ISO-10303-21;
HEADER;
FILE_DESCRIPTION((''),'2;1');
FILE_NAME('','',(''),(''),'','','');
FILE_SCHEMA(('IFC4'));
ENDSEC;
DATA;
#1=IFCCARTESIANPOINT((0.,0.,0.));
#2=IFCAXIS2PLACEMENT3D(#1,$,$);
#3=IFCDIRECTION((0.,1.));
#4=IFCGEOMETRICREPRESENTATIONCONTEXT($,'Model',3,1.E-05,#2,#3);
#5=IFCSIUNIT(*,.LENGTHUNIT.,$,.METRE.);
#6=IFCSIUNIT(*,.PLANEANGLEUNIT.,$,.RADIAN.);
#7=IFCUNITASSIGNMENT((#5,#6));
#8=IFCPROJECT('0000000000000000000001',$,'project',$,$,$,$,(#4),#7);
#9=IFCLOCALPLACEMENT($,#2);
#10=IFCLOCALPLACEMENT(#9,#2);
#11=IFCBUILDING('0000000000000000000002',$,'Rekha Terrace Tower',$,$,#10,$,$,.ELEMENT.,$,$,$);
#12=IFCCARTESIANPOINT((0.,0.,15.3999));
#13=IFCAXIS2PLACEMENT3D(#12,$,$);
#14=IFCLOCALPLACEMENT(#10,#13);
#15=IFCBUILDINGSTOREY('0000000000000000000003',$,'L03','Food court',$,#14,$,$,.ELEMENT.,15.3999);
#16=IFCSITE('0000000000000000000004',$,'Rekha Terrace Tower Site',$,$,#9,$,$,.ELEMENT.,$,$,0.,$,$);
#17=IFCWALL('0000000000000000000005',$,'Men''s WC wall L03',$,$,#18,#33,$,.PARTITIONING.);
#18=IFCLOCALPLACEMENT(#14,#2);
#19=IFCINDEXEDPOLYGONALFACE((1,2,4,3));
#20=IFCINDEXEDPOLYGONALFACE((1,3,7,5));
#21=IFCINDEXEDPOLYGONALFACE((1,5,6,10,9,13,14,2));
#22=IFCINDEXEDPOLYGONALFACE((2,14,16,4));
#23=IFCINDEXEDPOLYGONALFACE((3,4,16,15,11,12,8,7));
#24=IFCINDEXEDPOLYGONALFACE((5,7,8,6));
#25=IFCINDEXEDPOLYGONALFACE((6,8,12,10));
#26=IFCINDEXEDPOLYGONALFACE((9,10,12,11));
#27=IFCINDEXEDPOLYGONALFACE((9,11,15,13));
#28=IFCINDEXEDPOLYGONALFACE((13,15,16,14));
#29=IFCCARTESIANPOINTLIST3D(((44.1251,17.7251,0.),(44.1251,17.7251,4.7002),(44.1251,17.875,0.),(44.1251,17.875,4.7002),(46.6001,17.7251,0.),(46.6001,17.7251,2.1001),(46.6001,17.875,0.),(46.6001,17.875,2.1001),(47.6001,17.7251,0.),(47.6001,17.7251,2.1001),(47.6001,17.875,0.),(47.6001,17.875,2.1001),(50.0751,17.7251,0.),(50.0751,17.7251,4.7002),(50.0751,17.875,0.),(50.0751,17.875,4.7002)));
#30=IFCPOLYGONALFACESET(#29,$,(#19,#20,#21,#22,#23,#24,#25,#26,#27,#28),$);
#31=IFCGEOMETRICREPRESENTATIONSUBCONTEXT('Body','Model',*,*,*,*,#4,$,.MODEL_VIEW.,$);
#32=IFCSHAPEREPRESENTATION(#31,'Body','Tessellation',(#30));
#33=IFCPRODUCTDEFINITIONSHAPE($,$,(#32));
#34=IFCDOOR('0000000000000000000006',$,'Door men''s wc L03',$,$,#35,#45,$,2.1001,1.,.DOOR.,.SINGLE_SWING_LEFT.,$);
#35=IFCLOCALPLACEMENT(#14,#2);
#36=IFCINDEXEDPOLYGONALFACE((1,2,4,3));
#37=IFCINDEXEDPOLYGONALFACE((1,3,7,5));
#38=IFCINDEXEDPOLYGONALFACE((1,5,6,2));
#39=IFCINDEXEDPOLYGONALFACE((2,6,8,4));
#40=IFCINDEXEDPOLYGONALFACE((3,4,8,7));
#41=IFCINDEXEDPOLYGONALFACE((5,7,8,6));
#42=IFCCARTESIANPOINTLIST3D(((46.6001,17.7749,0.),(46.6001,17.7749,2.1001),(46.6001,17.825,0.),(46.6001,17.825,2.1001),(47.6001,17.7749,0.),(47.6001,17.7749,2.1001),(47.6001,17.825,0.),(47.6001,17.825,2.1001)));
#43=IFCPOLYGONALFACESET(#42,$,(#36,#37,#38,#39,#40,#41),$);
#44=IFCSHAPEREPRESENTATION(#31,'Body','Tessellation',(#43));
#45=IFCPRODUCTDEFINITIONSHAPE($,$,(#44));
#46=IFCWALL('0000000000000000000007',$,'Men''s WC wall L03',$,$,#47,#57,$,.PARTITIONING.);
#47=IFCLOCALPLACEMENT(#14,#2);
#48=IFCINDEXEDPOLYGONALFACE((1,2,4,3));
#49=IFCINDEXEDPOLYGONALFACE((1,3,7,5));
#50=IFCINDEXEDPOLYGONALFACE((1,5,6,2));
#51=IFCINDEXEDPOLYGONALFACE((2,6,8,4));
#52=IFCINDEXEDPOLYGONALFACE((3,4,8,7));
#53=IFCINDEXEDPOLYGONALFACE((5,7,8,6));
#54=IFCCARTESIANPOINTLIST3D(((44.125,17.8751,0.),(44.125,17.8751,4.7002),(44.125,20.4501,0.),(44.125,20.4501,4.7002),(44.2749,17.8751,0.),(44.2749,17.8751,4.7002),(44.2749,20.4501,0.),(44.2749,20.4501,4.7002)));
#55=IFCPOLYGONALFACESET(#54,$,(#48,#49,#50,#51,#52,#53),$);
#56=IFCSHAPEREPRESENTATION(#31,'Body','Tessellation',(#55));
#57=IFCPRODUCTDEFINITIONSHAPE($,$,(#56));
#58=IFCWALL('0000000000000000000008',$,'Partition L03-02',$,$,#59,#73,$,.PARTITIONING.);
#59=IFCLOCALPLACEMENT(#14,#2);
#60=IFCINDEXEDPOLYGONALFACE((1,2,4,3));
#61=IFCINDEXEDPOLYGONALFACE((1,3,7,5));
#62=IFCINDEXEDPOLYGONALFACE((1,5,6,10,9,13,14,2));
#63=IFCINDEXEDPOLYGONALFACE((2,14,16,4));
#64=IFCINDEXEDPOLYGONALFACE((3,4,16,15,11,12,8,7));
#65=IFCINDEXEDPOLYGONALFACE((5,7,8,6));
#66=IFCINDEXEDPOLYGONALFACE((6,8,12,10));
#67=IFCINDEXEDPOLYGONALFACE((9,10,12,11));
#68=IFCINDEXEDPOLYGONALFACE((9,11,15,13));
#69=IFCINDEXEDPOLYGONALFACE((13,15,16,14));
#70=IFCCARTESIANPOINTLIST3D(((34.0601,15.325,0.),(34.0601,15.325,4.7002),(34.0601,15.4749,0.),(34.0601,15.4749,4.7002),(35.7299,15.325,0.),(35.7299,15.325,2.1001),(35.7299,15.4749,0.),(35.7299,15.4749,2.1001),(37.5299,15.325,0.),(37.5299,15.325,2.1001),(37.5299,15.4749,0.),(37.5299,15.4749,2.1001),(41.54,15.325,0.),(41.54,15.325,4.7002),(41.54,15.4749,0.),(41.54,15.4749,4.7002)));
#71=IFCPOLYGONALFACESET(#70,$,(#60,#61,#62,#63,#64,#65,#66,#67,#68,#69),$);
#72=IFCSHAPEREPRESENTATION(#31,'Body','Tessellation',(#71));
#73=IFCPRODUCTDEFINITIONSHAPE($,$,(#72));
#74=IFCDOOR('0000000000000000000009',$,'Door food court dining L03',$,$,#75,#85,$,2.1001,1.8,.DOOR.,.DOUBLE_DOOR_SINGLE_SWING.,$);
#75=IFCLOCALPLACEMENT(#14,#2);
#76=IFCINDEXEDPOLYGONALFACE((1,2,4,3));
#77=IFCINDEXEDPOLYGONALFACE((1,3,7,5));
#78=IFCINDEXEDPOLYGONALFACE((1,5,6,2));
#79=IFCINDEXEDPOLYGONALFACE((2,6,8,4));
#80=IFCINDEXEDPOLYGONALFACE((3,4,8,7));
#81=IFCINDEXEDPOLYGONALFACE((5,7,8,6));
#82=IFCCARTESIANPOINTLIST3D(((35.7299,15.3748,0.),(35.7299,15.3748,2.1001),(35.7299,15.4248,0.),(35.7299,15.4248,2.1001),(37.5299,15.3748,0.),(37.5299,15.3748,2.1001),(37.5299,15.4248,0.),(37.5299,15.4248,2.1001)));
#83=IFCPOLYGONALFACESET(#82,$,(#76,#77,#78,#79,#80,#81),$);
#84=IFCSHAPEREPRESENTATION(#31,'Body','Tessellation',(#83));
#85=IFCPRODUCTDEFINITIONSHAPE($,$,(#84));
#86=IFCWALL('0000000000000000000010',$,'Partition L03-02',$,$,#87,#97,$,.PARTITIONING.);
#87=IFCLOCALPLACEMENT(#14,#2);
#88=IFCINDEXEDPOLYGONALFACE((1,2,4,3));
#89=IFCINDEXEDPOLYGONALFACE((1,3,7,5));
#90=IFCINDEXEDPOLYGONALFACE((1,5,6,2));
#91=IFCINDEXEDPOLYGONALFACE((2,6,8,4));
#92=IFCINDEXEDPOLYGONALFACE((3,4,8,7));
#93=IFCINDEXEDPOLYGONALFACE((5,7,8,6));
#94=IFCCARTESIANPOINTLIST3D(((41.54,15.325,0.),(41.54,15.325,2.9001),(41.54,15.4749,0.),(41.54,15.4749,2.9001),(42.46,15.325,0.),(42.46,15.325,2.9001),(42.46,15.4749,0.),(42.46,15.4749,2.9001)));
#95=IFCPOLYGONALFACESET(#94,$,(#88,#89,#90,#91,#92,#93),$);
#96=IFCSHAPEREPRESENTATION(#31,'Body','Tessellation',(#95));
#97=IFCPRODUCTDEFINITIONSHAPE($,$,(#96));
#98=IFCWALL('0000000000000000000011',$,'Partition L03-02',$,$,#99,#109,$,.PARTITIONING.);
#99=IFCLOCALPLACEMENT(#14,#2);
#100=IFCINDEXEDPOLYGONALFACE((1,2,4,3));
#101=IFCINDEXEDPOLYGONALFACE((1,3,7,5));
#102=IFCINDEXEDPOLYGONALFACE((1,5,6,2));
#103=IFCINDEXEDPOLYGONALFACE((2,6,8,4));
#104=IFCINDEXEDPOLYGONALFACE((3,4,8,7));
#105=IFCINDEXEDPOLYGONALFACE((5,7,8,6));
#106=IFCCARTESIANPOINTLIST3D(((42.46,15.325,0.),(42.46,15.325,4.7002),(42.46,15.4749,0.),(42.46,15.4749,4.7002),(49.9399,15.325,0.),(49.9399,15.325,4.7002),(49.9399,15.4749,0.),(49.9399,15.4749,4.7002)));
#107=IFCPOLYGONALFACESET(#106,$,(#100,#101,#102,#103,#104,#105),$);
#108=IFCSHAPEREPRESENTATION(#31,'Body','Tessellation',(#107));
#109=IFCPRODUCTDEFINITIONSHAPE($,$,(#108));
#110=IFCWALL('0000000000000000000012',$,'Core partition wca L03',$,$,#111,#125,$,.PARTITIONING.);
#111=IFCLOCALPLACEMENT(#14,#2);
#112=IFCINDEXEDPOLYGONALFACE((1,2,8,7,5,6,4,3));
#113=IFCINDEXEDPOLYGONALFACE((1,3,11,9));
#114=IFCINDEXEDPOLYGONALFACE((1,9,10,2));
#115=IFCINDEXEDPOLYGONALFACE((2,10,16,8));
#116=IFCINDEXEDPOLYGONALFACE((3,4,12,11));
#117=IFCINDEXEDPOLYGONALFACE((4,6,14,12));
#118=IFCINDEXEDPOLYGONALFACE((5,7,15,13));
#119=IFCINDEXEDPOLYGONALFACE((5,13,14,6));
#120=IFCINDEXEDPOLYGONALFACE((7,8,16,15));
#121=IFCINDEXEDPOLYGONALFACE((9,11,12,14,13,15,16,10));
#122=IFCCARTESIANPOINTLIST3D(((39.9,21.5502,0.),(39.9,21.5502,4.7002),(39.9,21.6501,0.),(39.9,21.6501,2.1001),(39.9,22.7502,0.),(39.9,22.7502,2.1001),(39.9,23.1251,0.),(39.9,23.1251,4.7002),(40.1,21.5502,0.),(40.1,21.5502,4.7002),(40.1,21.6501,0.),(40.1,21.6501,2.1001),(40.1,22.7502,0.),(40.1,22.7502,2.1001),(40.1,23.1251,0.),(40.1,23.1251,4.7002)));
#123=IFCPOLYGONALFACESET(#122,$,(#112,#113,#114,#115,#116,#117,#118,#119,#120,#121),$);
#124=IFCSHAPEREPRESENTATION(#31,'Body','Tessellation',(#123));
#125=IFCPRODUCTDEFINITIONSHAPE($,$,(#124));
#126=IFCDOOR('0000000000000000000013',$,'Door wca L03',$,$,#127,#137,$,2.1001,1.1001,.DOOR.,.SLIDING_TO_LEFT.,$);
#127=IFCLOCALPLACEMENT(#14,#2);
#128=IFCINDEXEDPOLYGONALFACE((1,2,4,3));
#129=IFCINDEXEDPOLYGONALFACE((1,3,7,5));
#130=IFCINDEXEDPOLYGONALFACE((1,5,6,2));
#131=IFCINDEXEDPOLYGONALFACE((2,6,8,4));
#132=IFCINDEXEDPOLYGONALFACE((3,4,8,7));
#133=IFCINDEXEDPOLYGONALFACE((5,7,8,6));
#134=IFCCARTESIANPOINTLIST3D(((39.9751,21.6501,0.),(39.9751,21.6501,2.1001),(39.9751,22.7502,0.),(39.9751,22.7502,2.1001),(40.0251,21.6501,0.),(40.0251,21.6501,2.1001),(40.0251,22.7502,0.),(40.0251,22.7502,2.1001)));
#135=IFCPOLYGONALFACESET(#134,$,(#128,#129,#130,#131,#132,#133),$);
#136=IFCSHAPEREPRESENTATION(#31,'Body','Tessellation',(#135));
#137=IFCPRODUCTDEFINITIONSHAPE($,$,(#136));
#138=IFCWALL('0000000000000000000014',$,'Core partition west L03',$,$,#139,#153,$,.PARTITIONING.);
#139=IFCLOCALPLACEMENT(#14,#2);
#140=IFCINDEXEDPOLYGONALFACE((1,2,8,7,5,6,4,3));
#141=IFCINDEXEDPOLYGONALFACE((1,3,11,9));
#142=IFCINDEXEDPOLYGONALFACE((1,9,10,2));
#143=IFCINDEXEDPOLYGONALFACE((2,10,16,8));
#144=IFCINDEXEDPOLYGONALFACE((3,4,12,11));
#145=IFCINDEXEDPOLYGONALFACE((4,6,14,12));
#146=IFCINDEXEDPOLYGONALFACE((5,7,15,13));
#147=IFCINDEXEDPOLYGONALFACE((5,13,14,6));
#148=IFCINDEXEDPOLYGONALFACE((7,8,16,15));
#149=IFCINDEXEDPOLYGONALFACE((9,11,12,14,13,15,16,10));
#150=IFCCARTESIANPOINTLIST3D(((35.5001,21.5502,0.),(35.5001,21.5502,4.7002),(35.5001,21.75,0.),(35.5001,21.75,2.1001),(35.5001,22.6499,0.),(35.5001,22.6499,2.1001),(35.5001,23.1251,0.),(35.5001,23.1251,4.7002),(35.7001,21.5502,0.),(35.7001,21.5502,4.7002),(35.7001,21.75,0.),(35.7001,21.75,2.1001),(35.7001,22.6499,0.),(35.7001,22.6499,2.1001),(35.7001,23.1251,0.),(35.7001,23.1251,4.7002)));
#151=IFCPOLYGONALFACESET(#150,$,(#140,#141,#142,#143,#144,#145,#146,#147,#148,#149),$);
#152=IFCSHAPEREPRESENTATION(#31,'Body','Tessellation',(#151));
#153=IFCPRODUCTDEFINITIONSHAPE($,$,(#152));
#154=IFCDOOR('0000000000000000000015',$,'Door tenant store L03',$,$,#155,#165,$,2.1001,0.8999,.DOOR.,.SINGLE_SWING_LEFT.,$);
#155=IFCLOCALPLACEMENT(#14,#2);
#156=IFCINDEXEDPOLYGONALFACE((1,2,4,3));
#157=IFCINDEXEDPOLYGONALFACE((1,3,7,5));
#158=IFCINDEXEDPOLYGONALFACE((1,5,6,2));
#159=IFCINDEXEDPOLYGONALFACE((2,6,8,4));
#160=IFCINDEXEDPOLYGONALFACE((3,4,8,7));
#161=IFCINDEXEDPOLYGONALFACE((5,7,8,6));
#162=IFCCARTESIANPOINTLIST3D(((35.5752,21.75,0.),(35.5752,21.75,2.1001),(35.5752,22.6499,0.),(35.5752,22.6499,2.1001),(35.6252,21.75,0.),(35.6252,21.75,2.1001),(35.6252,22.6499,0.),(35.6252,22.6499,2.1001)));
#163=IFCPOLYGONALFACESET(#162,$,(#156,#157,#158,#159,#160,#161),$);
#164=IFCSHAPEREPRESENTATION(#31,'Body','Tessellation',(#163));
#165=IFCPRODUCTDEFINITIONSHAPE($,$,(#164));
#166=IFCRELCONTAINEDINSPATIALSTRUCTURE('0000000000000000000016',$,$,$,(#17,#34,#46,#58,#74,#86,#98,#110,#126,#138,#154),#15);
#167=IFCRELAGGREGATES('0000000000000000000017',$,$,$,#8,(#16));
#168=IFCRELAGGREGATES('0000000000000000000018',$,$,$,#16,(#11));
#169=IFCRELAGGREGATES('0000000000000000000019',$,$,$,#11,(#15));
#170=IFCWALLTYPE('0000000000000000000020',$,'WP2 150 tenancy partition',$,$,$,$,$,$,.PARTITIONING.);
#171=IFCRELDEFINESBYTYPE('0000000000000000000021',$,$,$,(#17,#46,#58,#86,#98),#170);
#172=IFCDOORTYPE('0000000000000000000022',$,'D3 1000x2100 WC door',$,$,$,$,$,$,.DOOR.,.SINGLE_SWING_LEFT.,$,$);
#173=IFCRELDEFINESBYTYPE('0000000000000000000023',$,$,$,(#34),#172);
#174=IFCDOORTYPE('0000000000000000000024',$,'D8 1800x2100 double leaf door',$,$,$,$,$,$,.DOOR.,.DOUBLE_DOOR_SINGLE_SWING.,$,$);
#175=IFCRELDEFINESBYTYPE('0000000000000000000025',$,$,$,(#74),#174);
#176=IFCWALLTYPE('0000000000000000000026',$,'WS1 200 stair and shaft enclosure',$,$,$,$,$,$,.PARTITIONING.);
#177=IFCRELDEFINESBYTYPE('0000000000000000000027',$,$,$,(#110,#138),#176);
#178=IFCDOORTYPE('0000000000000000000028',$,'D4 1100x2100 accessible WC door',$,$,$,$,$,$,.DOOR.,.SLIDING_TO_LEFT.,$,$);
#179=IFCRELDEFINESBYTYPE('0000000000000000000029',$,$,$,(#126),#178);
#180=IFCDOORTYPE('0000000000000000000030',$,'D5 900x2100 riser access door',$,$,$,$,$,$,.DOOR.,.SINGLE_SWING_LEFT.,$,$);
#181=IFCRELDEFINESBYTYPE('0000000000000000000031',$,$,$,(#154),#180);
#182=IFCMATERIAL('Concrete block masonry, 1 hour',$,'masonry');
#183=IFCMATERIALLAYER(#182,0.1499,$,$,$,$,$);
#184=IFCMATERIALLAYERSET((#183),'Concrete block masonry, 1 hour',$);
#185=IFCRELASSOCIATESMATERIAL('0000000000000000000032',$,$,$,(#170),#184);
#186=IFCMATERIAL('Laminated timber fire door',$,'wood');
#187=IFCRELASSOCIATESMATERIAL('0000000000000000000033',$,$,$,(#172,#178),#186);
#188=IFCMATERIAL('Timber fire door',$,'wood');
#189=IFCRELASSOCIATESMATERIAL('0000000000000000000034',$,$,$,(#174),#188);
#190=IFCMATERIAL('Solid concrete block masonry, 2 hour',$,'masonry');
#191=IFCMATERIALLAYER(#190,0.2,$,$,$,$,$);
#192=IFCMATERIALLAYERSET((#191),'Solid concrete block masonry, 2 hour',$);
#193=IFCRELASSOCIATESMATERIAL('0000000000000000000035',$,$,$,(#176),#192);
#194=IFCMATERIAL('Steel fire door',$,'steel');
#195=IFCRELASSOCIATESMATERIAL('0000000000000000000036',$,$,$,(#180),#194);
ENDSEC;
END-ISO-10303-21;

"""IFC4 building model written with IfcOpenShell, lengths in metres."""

from ifc_helpers import new_model, si_unit, direction, frame, frame_2d, origin, place, context, subcontext, project, spatial, rectangle, extrude, material, layer, layer_set, type_object, element, fill, save


model = new_model("IFC4")

# Units and contexts
model_context = context("Model", 3, precision=1e-05, world=origin(), true_north=direction((0.0, 1.0)))
body_context = subcontext(model_context, "Body", "Model", "MODEL_VIEW")
ifc_project = project(units=[si_unit("LENGTHUNIT", "METRE"), si_unit("PLANEANGLEUNIT", "RADIAN")], contexts=[model_context])

# Site, building, storey
site_placement = place(None, origin())
site = spatial("IfcSite", under=ifc_project, at=site_placement, Name="Rekha Terrace Tower Site", CompositionType="ELEMENT", RefElevation=0.0)
building_placement = place(site_placement, origin())
building = spatial("IfcBuilding", under=site, at=building_placement, Name="Rekha Terrace Tower", CompositionType="ELEMENT")
storey_placement = place(building_placement, frame((0.0, 0.0, 15.3999)))
storey = spatial("IfcBuildingStorey", under=building, at=storey_placement, Name="L03", Description="Food court", CompositionType="ELEMENT", Elevation=15.3999)

# Shared definitions
ifc_material_1 = material(Name="Concrete block masonry, 1 hour", Category="masonry")
ifc_layer_1 = layer(ifc_material_1, 0.1499)
ifc_layer_set_1 = layer_set([ifc_layer_1], Name="Concrete block masonry, 1 hour")
wall_type_1 = type_object("IfcWallType", Name="WP2 150 tenancy partition", PredefinedType="PARTITIONING", material=ifc_layer_set_1)

# Wall, opening, door
wall_1_placement = place(storey_placement, frame((44.125, 17.8, 0.0), z_axis=(0.0, 0.0, 1.0), x_axis=(1.0, 0.0, 0.0)))
wall_1 = element("IfcWall", 1, at=wall_1_placement, inside=storey, type_object=wall_type_1, Name="Men's WC wall L03", PredefinedType="PARTITIONING", context=body_context, shape_type="SweptSolid", body=[
    extrude(rectangle(XDim=5.95, YDim=0.1499, at=frame_2d((2.9751, 0.0))), origin(), (0.0, 0.0, 1.0), 4.7002),
])
opening_1_placement = place(wall_1_placement, frame((2.4751, 0.0, 0.0)))
opening_1 = element("IfcOpeningElement", 2, at=opening_1_placement, cuts=wall_1, PredefinedType="OPENING", context=body_context, shape_type="SweptSolid", body=[
    extrude(rectangle(XDim=1.0, YDim=2.1001, at=frame_2d((0.5, 1.05))), frame((0.0, 0.085, 0.0), z_axis=(0.0, -1.0, 0.0), x_axis=(1.0, 0.0, 0.0)), (0.0, 0.0, 1.0), 0.1699),
])
ifc_material_2 = material(Name="Laminated timber fire door", Category="wood")
door_type_1 = type_object("IfcDoorType", Name="D3 1000x2100 WC door", OperationType="SINGLE_SWING_LEFT", PredefinedType="DOOR", material=ifc_material_2)
door_1_placement = place(opening_1_placement, origin())
door_1 = element("IfcDoor", 3, at=door_1_placement, inside=storey, type_object=door_type_1, Name="Door men's wc L03", OperationType="SINGLE_SWING_LEFT", OverallHeight=2.1001, OverallWidth=1.0, PredefinedType="DOOR", context=body_context, shape_type="SweptSolid", body=[
    extrude(rectangle(XDim=1.0, YDim=2.1001, at=frame_2d((0.5, 1.05))), frame((0.0, 0.0249, 0.0), z_axis=(0.0, -1.0, 0.0), x_axis=(1.0, 0.0, 0.0)), (0.0, 0.0, 1.0), 0.05),
])
fill(opening_1, door_1)

# Wall
wall_2_placement = place(storey_placement, frame((44.2, 17.875, 0.0), z_axis=(0.0, 0.0, 1.0), x_axis=(0.0, 1.0, 0.0)))
element("IfcWall", 4, at=wall_2_placement, inside=storey, type_object=wall_type_1, Name="Men's WC wall L03", PredefinedType="PARTITIONING", context=body_context, shape_type="SweptSolid", body=[
    extrude(rectangle(XDim=2.575, YDim=0.1499, at=frame_2d((1.2876, 0.0))), origin(), (0.0, 0.0, 1.0), 4.7002),
])

# Wall, opening, door
wall_3_placement = place(storey_placement, frame((34.0601, 15.3999, 0.0), z_axis=(0.0, 0.0, 1.0), x_axis=(1.0, 0.0, 0.0)))
wall_3 = element("IfcWall", 5, at=wall_3_placement, inside=storey, type_object=wall_type_1, Name="Partition L03-02", PredefinedType="PARTITIONING", context=body_context, shape_type="SweptSolid", body=[
    extrude(rectangle(XDim=7.48, YDim=0.1499, at=frame_2d((3.74, 0.0))), origin(), (0.0, 0.0, 1.0), 4.7002),
])
opening_2_placement = place(wall_3_placement, frame((1.6699, 0.0, 0.0)))
opening_2 = element("IfcOpeningElement", 6, at=opening_2_placement, cuts=wall_3, PredefinedType="OPENING", context=body_context, shape_type="SweptSolid", body=[
    extrude(rectangle(XDim=1.8, YDim=2.1001, at=frame_2d((0.8999, 1.05))), frame((0.0, 0.085, 0.0), z_axis=(0.0, -1.0, 0.0), x_axis=(1.0, 0.0, 0.0)), (0.0, 0.0, 1.0), 0.1699),
])
ifc_material_3 = material(Name="Timber fire door", Category="wood")
door_type_2 = type_object("IfcDoorType", Name="D8 1800x2100 double leaf door", OperationType="DOUBLE_DOOR_SINGLE_SWING", PredefinedType="DOOR", material=ifc_material_3)
door_2_placement = place(opening_2_placement, origin())
door_2 = element("IfcDoor", 7, at=door_2_placement, inside=storey, type_object=door_type_2, Name="Door food court dining L03", OperationType="DOUBLE_DOOR_SINGLE_SWING", OverallHeight=2.1001, OverallWidth=1.8, PredefinedType="DOOR", context=body_context, shape_type="SweptSolid", body=[
    extrude(rectangle(XDim=1.8, YDim=2.1001, at=frame_2d((0.8999, 1.05))), frame((0.0, 0.0249, 0.0), z_axis=(0.0, -1.0, 0.0), x_axis=(1.0, 0.0, 0.0)), (0.0, 0.0, 1.0), 0.05),
])
fill(opening_2, door_2)

# Walls
wall_4_placement = place(storey_placement, frame((41.54, 15.3999, 0.0), z_axis=(0.0, 0.0, 1.0), x_axis=(1.0, 0.0, 0.0)))
element("IfcWall", 8, at=wall_4_placement, inside=storey, type_object=wall_type_1, Name="Partition L03-02", PredefinedType="PARTITIONING", context=body_context, shape_type="SweptSolid", body=[
    extrude(rectangle(XDim=0.9199, YDim=0.1499, at=frame_2d((0.46, 0.0))), origin(), (0.0, 0.0, 1.0), 2.9001),
])
wall_5_placement = place(storey_placement, frame((42.46, 15.3999, 0.0), z_axis=(0.0, 0.0, 1.0), x_axis=(1.0, 0.0, 0.0)))
element("IfcWall", 9, at=wall_5_placement, inside=storey, type_object=wall_type_1, Name="Partition L03-02", PredefinedType="PARTITIONING", context=body_context, shape_type="SweptSolid", body=[
    extrude(rectangle(XDim=7.48, YDim=0.1499, at=frame_2d((3.74, 0.0))), origin(), (0.0, 0.0, 1.0), 4.7002),
])

# Walls, openings, doors
ifc_material_4 = material(Name="Solid concrete block masonry, 2 hour", Category="masonry")
ifc_layer_2 = layer(ifc_material_4, 0.2)
ifc_layer_set_2 = layer_set([ifc_layer_2], Name="Solid concrete block masonry, 2 hour")
wall_type_2 = type_object("IfcWallType", Name="WS1 200 stair and shaft enclosure", PredefinedType="PARTITIONING", material=ifc_layer_set_2)
wall_6_placement = place(storey_placement, frame((40.0, 21.55, 0.0), z_axis=(0.0, 0.0, 1.0), x_axis=(0.0, 1.0, 0.0)))
wall_6 = element("IfcWall", 10, at=wall_6_placement, inside=storey, type_object=wall_type_2, Name="Core partition wca L03", PredefinedType="PARTITIONING", context=body_context, shape_type="SweptSolid", body=[
    extrude(rectangle(XDim=1.575, YDim=0.2, at=frame_2d((0.7876, 0.0))), origin(), (0.0, 0.0, 1.0), 4.7002),
])
opening_3_placement = place(wall_6_placement, frame((0.1001, 0.0, 0.0)))
opening_3 = element("IfcOpeningElement", 11, at=opening_3_placement, cuts=wall_6, PredefinedType="OPENING", context=body_context, shape_type="SweptSolid", body=[
    extrude(rectangle(XDim=1.1001, YDim=2.1001, at=frame_2d((0.55, 1.05))), frame((0.0, 0.1099, 0.0), z_axis=(0.0, -1.0, 0.0), x_axis=(1.0, 0.0, 0.0)), (0.0, 0.0, 1.0), 0.22),
])
door_type_3 = type_object("IfcDoorType", Name="D4 1100x2100 accessible WC door", OperationType="SLIDING_TO_LEFT", PredefinedType="DOOR", material=ifc_material_2)
door_3_placement = place(opening_3_placement, origin())
door_3 = element("IfcDoor", 12, at=door_3_placement, inside=storey, type_object=door_type_3, Name="Door wca L03", OperationType="SLIDING_TO_LEFT", OverallHeight=2.1001, OverallWidth=1.1001, PredefinedType="DOOR", context=body_context, shape_type="SweptSolid", body=[
    extrude(rectangle(XDim=1.1001, YDim=2.1001, at=frame_2d((0.55, 1.05))), frame((0.0, 0.0249, 0.0), z_axis=(0.0, -1.0, 0.0), x_axis=(1.0, 0.0, 0.0)), (0.0, 0.0, 1.0), 0.05),
])
fill(opening_3, door_3)
wall_7_placement = place(storey_placement, frame((35.6001, 21.55, 0.0), z_axis=(0.0, 0.0, 1.0), x_axis=(0.0, 1.0, 0.0)))
wall_7 = element("IfcWall", 13, at=wall_7_placement, inside=storey, type_object=wall_type_2, Name="Core partition west L03", PredefinedType="PARTITIONING", context=body_context, shape_type="SweptSolid", body=[
    extrude(rectangle(XDim=1.575, YDim=0.2, at=frame_2d((0.7876, 0.0))), origin(), (0.0, 0.0, 1.0), 4.7002),
])
opening_4_placement = place(wall_7_placement, frame((0.2, 0.0, 0.0)))
opening_4 = element("IfcOpeningElement", 14, at=opening_4_placement, cuts=wall_7, PredefinedType="OPENING", context=body_context, shape_type="SweptSolid", body=[
    extrude(rectangle(XDim=0.8999, YDim=2.1001, at=frame_2d((0.45, 1.05))), frame((0.0, 0.1099, 0.0), z_axis=(0.0, -1.0, 0.0), x_axis=(1.0, 0.0, 0.0)), (0.0, 0.0, 1.0), 0.22),
])
ifc_material_5 = material(Name="Steel fire door", Category="steel")
door_type_4 = type_object("IfcDoorType", Name="D5 900x2100 riser access door", OperationType="SINGLE_SWING_LEFT", PredefinedType="DOOR", material=ifc_material_5)
door_4_placement = place(opening_4_placement, origin())
door_4 = element("IfcDoor", 15, at=door_4_placement, inside=storey, type_object=door_type_4, Name="Door tenant store L03", OperationType="SINGLE_SWING_LEFT", OverallHeight=2.1001, OverallWidth=0.8999, PredefinedType="DOOR", context=body_context, shape_type="SweptSolid", body=[
    extrude(rectangle(XDim=0.8999, YDim=2.1001, at=frame_2d((0.45, 1.05))), frame((0.0, 0.0249, 0.0), z_axis=(0.0, -1.0, 0.0), x_axis=(1.0, 0.0, 0.0)), (0.0, 0.0, 1.0), 0.05),
])
fill(opening_4, door_4)

save(model, "model.ifc")
